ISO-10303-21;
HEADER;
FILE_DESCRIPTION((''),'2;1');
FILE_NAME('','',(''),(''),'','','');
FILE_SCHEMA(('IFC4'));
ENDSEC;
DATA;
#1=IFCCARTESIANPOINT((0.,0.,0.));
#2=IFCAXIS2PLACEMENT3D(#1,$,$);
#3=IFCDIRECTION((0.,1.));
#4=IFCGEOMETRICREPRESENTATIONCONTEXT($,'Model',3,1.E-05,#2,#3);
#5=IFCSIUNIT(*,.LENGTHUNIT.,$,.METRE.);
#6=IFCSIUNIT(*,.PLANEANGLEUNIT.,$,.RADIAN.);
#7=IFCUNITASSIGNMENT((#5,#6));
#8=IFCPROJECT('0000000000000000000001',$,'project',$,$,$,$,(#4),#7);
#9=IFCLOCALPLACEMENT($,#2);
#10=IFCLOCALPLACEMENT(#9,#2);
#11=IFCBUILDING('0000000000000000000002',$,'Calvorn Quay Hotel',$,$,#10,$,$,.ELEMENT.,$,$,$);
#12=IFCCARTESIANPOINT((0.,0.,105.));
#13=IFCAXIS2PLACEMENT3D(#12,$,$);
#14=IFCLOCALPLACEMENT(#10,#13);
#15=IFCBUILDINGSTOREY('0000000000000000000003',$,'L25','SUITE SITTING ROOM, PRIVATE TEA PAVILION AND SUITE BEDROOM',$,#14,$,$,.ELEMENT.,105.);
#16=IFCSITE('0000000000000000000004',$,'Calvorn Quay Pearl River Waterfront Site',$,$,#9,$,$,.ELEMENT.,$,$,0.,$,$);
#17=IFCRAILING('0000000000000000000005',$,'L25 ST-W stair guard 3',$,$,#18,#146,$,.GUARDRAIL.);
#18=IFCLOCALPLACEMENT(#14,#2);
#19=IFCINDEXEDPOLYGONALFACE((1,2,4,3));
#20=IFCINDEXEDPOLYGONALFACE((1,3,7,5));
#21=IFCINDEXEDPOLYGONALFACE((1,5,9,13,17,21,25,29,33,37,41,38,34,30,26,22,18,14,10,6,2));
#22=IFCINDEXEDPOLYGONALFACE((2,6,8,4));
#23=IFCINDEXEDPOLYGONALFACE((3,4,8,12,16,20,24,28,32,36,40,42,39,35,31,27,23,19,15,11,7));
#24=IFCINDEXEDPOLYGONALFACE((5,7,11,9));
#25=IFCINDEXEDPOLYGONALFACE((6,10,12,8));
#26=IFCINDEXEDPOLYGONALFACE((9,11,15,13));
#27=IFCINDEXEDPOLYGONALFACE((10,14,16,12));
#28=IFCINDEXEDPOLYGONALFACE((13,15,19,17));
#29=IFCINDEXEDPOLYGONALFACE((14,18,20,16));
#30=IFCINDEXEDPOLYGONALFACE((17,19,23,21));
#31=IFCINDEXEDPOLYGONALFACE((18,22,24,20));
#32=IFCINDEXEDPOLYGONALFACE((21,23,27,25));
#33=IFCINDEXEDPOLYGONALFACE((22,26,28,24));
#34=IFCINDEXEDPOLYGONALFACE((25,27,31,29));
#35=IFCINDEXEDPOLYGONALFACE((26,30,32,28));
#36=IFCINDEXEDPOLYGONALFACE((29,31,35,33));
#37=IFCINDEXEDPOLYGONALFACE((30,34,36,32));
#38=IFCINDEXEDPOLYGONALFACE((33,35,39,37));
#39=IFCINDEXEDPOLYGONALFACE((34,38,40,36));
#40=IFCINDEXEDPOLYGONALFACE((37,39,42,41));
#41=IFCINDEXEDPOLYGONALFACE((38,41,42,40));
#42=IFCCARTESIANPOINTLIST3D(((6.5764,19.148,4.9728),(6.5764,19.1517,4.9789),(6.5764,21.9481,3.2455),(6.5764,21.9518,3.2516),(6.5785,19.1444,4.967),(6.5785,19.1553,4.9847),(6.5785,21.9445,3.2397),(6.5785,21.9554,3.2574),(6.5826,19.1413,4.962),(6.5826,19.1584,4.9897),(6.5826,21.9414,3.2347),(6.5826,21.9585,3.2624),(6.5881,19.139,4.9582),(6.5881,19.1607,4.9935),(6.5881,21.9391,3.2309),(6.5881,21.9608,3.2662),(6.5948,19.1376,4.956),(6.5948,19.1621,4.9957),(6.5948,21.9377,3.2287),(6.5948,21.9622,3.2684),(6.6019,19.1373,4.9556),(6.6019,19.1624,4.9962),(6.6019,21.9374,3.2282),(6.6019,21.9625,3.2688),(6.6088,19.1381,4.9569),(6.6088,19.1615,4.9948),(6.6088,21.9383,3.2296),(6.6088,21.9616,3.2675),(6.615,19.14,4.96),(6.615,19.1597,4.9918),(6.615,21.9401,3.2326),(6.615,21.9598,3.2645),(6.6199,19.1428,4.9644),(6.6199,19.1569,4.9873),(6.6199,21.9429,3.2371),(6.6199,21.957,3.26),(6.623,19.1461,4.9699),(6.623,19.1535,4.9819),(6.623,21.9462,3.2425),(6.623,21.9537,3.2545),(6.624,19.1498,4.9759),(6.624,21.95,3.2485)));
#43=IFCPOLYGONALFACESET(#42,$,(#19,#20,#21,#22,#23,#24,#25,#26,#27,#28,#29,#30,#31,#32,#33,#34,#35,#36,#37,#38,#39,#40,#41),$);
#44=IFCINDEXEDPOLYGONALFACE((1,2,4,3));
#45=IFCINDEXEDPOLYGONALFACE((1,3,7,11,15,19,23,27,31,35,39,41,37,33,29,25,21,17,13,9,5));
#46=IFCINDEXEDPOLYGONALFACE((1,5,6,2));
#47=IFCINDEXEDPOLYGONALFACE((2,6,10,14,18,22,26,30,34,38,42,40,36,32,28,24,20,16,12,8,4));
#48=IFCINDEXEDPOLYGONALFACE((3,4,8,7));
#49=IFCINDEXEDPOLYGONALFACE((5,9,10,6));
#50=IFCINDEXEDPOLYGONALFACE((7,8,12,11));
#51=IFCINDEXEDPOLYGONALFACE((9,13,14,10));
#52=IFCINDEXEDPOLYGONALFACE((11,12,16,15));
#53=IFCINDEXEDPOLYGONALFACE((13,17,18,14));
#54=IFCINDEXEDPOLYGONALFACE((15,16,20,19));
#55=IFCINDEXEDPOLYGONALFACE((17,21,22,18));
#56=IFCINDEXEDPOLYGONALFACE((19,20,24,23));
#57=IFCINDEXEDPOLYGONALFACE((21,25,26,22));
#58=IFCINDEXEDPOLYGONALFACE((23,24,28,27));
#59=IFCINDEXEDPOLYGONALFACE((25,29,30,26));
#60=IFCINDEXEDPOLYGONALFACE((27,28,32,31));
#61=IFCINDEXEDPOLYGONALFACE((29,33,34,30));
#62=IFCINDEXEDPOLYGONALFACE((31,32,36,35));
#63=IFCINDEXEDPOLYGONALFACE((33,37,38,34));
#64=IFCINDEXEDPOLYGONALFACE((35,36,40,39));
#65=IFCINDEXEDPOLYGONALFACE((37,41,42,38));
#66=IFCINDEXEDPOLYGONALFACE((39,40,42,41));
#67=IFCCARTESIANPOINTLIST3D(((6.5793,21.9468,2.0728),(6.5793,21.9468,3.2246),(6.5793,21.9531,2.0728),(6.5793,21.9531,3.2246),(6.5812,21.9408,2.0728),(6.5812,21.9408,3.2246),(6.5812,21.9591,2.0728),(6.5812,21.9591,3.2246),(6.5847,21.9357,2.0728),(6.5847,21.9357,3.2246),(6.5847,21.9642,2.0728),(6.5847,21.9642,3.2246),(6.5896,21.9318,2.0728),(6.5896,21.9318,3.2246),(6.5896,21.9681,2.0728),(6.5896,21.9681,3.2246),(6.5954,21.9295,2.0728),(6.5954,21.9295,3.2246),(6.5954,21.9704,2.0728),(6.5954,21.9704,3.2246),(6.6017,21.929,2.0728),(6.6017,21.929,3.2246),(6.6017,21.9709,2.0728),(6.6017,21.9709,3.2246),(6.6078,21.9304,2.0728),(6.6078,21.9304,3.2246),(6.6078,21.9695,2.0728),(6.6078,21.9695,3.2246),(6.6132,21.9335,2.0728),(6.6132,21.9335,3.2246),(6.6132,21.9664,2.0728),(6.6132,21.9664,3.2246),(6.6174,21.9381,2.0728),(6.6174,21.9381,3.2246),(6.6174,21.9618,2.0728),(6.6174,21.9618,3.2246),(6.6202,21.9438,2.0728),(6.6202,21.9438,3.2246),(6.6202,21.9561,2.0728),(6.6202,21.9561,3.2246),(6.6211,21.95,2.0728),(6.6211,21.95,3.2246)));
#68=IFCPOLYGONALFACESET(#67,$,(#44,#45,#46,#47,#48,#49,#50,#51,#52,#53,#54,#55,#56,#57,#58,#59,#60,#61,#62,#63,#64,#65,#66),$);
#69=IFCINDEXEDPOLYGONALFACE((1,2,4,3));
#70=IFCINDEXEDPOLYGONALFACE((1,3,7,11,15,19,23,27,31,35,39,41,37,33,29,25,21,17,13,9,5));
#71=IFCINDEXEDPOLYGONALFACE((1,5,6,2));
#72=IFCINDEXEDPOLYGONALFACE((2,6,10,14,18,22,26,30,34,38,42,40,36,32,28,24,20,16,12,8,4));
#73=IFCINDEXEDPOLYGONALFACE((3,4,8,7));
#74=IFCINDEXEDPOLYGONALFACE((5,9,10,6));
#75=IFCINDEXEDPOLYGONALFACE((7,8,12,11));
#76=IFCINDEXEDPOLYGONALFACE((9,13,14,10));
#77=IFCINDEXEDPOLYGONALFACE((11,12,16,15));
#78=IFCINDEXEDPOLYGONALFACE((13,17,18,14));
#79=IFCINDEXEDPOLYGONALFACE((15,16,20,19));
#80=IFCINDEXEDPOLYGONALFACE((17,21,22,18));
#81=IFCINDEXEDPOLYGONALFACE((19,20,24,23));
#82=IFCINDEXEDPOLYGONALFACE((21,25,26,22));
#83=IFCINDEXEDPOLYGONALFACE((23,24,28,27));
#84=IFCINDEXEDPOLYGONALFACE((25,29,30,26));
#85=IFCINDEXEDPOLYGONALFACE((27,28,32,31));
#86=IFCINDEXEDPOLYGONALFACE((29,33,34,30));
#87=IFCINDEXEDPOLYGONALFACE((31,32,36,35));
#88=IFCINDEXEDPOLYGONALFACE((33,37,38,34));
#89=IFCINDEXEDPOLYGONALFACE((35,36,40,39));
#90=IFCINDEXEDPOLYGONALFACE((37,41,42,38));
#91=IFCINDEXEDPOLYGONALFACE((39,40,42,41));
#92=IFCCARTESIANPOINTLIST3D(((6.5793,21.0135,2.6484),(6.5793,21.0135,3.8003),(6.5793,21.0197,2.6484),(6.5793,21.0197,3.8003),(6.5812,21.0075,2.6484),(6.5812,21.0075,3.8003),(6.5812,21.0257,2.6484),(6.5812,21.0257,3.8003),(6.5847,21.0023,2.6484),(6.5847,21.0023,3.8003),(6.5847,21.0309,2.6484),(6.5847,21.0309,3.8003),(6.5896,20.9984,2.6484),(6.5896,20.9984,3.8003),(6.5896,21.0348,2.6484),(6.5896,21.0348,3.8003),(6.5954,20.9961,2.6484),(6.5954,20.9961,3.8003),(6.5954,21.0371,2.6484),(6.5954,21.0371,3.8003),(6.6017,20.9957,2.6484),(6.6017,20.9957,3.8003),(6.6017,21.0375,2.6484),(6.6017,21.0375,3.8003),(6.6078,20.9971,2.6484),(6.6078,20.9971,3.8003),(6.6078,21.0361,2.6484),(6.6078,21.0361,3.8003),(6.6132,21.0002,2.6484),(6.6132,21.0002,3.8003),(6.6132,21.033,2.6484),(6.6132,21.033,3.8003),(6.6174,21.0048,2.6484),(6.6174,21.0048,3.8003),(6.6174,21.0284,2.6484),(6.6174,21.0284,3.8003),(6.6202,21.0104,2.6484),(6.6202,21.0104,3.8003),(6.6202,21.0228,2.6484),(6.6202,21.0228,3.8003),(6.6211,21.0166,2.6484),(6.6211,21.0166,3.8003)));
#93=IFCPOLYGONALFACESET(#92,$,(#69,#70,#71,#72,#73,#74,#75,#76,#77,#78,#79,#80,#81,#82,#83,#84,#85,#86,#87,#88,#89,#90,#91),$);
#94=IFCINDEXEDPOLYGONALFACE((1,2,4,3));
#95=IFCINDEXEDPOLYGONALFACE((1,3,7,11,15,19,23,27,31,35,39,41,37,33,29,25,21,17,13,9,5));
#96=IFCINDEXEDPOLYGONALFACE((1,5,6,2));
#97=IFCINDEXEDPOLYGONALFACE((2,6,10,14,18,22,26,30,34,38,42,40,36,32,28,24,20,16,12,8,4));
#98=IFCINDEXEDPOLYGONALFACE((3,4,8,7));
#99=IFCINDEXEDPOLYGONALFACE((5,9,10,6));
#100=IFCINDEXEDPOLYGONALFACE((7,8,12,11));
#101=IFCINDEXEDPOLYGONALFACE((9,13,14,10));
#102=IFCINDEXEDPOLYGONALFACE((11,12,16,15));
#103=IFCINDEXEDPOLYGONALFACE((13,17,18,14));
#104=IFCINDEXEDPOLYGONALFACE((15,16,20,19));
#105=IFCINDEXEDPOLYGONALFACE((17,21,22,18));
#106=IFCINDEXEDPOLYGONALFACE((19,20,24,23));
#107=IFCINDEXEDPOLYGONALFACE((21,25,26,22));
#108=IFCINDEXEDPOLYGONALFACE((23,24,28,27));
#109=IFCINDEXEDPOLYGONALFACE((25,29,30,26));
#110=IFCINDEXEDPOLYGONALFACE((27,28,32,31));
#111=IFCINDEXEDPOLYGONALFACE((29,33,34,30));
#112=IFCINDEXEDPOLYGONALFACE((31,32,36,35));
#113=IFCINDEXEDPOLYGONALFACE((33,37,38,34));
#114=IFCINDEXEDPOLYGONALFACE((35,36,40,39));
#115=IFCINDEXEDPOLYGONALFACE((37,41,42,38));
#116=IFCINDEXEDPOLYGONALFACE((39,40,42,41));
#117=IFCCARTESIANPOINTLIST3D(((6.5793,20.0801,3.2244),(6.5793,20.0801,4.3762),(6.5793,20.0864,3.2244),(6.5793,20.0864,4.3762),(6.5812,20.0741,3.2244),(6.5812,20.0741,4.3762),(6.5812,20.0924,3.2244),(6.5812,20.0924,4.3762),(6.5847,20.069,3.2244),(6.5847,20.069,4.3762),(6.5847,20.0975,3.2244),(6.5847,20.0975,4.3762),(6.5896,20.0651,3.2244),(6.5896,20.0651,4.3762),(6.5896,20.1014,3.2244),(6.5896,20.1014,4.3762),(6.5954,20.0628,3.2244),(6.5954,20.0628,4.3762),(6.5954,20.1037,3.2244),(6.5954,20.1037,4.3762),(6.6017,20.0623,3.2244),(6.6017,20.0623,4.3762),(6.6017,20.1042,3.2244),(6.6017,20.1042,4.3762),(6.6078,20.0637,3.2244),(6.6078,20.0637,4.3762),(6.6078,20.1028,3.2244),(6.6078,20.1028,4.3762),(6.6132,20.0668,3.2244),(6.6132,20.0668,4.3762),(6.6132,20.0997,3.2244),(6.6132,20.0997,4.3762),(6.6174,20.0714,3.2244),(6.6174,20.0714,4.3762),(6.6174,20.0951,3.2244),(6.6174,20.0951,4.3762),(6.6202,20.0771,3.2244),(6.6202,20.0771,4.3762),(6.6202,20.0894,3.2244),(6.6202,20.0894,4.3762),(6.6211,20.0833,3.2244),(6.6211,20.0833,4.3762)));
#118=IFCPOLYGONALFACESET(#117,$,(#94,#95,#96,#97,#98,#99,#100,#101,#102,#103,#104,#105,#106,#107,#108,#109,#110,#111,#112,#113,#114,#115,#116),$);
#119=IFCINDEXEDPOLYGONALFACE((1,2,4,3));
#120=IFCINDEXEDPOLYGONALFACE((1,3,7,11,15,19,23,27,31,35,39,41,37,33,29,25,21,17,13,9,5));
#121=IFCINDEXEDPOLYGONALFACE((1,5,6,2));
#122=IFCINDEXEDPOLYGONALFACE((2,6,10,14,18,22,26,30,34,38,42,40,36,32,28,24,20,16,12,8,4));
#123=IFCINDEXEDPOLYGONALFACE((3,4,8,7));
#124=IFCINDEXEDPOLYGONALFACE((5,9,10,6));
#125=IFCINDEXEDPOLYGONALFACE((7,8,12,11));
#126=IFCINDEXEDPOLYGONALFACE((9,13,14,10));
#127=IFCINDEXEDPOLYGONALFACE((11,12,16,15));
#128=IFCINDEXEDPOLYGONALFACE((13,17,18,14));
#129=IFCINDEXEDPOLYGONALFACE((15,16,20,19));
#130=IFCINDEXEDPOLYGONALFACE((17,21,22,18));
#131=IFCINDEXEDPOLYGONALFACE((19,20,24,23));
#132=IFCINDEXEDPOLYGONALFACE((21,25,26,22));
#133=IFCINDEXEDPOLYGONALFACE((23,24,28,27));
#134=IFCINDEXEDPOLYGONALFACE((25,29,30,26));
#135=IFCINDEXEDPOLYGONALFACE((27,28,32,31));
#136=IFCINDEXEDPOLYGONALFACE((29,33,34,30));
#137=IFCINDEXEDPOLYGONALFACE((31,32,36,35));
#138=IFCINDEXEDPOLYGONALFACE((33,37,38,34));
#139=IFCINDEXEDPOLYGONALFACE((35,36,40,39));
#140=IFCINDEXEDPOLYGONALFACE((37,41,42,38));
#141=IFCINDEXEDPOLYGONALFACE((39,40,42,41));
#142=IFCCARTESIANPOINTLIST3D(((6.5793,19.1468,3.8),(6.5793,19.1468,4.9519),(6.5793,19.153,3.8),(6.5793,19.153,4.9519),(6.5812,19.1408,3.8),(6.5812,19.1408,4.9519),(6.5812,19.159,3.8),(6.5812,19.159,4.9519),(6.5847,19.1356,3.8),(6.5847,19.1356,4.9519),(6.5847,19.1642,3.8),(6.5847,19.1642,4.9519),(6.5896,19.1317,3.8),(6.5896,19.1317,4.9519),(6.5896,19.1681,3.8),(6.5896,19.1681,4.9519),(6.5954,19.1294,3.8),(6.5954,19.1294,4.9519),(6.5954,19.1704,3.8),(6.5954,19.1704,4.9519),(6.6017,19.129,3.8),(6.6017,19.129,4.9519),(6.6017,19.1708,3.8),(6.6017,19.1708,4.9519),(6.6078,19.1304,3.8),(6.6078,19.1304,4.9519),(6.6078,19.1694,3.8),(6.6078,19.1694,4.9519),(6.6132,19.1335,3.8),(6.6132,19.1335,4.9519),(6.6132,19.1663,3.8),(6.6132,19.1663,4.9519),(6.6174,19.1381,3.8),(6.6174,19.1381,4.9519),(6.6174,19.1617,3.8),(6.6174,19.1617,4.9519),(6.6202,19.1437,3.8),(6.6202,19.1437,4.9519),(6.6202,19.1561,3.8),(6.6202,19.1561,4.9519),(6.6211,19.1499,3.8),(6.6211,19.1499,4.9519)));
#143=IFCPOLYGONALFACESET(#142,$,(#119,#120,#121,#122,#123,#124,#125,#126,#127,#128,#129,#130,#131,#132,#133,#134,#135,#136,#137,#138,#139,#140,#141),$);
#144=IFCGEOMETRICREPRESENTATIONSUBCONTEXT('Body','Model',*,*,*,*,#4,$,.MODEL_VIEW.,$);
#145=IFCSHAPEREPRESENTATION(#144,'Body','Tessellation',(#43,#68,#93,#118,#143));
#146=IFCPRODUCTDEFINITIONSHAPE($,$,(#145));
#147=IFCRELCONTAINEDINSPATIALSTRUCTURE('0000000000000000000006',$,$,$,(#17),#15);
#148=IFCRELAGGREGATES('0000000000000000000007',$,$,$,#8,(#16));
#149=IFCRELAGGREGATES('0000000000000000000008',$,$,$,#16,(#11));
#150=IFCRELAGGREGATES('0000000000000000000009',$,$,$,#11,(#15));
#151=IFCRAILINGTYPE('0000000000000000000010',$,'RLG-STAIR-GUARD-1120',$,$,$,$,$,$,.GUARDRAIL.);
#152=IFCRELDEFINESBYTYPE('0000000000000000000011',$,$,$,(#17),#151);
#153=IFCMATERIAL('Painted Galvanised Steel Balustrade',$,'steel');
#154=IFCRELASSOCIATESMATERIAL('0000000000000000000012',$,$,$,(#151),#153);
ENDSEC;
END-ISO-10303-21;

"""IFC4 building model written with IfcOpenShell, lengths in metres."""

from ifc_helpers import new_model, si_unit, direction, frame, origin, origin_2d, place, context, subcontext, project, spatial, circle, extrude, material, type_object, element, save


model = new_model("IFC4")

# Units and contexts
model_context = context("Model", 3, precision=1e-05, world=origin(), true_north=direction((0.0, 1.0)))
body_context = subcontext(model_context, "Body", "Model", "MODEL_VIEW")
ifc_project = project(units=[si_unit("LENGTHUNIT", "METRE"), si_unit("PLANEANGLEUNIT", "RADIAN")], contexts=[model_context])

# Site, building, storey
site_placement = place(None, origin())
site = spatial("IfcSite", under=ifc_project, at=site_placement, Name="Calvorn Quay Pearl River Waterfront Site", CompositionType="ELEMENT", RefElevation=0.0)
building_placement = place(site_placement, origin())
building = spatial("IfcBuilding", under=site, at=building_placement, Name="Calvorn Quay Hotel", CompositionType="ELEMENT")
storey_placement = place(building_placement, frame((0.0, 0.0, 105.0)))
storey = spatial("IfcBuildingStorey", under=building, at=storey_placement, Name="L25", Description="SUITE SITTING ROOM, PRIVATE TEA PAVILION AND SUITE BEDROOM", CompositionType="ELEMENT", Elevation=105.0)

# Railing
ifc_material_1 = material(Name="Painted Galvanised Steel Balustrade", Category="steel")
railing_type_1 = type_object("IfcRailingType", Name="RLG-STAIR-GUARD-1120", PredefinedType="GUARDRAIL", material=ifc_material_1)
railing_1_placement = place(storey_placement, frame((6.6001, 21.95, 2.0728)))
element("IfcRailing", 1, at=railing_1_placement, inside=storey, type_object=railing_type_1, Name="L25 ST-W stair guard 3", PredefinedType="GUARDRAIL", context=body_context, shape_type="SweptSolid", body=[
    extrude(circle(Radius=0.0239, at=origin_2d()), frame((0.0, 0.0, 1.1758), z_axis=(0.0, -0.85109, 0.52502), x_axis=(1.0, 0.0, 0.0)), (0.0, 0.0, 1.0), 3.29),
    extrude(circle(Radius=0.021, at=origin_2d()), origin(), (0.0, 0.0, 1.0), 1.1519),
    extrude(circle(Radius=0.021, at=origin_2d()), frame((0.0, -0.9333, 0.5757)), (0.0, 0.0, 1.0), 1.1519),
    extrude(circle(Radius=0.021, at=origin_2d()), frame((0.0, -1.8667, 1.1516)), (0.0, 0.0, 1.0), 1.1519),
    extrude(circle(Radius=0.021, at=origin_2d()), frame((0.0, -2.8, 1.7273)), (0.0, 0.0, 1.0), 1.1519),
])

save(model, "model.ifc")
